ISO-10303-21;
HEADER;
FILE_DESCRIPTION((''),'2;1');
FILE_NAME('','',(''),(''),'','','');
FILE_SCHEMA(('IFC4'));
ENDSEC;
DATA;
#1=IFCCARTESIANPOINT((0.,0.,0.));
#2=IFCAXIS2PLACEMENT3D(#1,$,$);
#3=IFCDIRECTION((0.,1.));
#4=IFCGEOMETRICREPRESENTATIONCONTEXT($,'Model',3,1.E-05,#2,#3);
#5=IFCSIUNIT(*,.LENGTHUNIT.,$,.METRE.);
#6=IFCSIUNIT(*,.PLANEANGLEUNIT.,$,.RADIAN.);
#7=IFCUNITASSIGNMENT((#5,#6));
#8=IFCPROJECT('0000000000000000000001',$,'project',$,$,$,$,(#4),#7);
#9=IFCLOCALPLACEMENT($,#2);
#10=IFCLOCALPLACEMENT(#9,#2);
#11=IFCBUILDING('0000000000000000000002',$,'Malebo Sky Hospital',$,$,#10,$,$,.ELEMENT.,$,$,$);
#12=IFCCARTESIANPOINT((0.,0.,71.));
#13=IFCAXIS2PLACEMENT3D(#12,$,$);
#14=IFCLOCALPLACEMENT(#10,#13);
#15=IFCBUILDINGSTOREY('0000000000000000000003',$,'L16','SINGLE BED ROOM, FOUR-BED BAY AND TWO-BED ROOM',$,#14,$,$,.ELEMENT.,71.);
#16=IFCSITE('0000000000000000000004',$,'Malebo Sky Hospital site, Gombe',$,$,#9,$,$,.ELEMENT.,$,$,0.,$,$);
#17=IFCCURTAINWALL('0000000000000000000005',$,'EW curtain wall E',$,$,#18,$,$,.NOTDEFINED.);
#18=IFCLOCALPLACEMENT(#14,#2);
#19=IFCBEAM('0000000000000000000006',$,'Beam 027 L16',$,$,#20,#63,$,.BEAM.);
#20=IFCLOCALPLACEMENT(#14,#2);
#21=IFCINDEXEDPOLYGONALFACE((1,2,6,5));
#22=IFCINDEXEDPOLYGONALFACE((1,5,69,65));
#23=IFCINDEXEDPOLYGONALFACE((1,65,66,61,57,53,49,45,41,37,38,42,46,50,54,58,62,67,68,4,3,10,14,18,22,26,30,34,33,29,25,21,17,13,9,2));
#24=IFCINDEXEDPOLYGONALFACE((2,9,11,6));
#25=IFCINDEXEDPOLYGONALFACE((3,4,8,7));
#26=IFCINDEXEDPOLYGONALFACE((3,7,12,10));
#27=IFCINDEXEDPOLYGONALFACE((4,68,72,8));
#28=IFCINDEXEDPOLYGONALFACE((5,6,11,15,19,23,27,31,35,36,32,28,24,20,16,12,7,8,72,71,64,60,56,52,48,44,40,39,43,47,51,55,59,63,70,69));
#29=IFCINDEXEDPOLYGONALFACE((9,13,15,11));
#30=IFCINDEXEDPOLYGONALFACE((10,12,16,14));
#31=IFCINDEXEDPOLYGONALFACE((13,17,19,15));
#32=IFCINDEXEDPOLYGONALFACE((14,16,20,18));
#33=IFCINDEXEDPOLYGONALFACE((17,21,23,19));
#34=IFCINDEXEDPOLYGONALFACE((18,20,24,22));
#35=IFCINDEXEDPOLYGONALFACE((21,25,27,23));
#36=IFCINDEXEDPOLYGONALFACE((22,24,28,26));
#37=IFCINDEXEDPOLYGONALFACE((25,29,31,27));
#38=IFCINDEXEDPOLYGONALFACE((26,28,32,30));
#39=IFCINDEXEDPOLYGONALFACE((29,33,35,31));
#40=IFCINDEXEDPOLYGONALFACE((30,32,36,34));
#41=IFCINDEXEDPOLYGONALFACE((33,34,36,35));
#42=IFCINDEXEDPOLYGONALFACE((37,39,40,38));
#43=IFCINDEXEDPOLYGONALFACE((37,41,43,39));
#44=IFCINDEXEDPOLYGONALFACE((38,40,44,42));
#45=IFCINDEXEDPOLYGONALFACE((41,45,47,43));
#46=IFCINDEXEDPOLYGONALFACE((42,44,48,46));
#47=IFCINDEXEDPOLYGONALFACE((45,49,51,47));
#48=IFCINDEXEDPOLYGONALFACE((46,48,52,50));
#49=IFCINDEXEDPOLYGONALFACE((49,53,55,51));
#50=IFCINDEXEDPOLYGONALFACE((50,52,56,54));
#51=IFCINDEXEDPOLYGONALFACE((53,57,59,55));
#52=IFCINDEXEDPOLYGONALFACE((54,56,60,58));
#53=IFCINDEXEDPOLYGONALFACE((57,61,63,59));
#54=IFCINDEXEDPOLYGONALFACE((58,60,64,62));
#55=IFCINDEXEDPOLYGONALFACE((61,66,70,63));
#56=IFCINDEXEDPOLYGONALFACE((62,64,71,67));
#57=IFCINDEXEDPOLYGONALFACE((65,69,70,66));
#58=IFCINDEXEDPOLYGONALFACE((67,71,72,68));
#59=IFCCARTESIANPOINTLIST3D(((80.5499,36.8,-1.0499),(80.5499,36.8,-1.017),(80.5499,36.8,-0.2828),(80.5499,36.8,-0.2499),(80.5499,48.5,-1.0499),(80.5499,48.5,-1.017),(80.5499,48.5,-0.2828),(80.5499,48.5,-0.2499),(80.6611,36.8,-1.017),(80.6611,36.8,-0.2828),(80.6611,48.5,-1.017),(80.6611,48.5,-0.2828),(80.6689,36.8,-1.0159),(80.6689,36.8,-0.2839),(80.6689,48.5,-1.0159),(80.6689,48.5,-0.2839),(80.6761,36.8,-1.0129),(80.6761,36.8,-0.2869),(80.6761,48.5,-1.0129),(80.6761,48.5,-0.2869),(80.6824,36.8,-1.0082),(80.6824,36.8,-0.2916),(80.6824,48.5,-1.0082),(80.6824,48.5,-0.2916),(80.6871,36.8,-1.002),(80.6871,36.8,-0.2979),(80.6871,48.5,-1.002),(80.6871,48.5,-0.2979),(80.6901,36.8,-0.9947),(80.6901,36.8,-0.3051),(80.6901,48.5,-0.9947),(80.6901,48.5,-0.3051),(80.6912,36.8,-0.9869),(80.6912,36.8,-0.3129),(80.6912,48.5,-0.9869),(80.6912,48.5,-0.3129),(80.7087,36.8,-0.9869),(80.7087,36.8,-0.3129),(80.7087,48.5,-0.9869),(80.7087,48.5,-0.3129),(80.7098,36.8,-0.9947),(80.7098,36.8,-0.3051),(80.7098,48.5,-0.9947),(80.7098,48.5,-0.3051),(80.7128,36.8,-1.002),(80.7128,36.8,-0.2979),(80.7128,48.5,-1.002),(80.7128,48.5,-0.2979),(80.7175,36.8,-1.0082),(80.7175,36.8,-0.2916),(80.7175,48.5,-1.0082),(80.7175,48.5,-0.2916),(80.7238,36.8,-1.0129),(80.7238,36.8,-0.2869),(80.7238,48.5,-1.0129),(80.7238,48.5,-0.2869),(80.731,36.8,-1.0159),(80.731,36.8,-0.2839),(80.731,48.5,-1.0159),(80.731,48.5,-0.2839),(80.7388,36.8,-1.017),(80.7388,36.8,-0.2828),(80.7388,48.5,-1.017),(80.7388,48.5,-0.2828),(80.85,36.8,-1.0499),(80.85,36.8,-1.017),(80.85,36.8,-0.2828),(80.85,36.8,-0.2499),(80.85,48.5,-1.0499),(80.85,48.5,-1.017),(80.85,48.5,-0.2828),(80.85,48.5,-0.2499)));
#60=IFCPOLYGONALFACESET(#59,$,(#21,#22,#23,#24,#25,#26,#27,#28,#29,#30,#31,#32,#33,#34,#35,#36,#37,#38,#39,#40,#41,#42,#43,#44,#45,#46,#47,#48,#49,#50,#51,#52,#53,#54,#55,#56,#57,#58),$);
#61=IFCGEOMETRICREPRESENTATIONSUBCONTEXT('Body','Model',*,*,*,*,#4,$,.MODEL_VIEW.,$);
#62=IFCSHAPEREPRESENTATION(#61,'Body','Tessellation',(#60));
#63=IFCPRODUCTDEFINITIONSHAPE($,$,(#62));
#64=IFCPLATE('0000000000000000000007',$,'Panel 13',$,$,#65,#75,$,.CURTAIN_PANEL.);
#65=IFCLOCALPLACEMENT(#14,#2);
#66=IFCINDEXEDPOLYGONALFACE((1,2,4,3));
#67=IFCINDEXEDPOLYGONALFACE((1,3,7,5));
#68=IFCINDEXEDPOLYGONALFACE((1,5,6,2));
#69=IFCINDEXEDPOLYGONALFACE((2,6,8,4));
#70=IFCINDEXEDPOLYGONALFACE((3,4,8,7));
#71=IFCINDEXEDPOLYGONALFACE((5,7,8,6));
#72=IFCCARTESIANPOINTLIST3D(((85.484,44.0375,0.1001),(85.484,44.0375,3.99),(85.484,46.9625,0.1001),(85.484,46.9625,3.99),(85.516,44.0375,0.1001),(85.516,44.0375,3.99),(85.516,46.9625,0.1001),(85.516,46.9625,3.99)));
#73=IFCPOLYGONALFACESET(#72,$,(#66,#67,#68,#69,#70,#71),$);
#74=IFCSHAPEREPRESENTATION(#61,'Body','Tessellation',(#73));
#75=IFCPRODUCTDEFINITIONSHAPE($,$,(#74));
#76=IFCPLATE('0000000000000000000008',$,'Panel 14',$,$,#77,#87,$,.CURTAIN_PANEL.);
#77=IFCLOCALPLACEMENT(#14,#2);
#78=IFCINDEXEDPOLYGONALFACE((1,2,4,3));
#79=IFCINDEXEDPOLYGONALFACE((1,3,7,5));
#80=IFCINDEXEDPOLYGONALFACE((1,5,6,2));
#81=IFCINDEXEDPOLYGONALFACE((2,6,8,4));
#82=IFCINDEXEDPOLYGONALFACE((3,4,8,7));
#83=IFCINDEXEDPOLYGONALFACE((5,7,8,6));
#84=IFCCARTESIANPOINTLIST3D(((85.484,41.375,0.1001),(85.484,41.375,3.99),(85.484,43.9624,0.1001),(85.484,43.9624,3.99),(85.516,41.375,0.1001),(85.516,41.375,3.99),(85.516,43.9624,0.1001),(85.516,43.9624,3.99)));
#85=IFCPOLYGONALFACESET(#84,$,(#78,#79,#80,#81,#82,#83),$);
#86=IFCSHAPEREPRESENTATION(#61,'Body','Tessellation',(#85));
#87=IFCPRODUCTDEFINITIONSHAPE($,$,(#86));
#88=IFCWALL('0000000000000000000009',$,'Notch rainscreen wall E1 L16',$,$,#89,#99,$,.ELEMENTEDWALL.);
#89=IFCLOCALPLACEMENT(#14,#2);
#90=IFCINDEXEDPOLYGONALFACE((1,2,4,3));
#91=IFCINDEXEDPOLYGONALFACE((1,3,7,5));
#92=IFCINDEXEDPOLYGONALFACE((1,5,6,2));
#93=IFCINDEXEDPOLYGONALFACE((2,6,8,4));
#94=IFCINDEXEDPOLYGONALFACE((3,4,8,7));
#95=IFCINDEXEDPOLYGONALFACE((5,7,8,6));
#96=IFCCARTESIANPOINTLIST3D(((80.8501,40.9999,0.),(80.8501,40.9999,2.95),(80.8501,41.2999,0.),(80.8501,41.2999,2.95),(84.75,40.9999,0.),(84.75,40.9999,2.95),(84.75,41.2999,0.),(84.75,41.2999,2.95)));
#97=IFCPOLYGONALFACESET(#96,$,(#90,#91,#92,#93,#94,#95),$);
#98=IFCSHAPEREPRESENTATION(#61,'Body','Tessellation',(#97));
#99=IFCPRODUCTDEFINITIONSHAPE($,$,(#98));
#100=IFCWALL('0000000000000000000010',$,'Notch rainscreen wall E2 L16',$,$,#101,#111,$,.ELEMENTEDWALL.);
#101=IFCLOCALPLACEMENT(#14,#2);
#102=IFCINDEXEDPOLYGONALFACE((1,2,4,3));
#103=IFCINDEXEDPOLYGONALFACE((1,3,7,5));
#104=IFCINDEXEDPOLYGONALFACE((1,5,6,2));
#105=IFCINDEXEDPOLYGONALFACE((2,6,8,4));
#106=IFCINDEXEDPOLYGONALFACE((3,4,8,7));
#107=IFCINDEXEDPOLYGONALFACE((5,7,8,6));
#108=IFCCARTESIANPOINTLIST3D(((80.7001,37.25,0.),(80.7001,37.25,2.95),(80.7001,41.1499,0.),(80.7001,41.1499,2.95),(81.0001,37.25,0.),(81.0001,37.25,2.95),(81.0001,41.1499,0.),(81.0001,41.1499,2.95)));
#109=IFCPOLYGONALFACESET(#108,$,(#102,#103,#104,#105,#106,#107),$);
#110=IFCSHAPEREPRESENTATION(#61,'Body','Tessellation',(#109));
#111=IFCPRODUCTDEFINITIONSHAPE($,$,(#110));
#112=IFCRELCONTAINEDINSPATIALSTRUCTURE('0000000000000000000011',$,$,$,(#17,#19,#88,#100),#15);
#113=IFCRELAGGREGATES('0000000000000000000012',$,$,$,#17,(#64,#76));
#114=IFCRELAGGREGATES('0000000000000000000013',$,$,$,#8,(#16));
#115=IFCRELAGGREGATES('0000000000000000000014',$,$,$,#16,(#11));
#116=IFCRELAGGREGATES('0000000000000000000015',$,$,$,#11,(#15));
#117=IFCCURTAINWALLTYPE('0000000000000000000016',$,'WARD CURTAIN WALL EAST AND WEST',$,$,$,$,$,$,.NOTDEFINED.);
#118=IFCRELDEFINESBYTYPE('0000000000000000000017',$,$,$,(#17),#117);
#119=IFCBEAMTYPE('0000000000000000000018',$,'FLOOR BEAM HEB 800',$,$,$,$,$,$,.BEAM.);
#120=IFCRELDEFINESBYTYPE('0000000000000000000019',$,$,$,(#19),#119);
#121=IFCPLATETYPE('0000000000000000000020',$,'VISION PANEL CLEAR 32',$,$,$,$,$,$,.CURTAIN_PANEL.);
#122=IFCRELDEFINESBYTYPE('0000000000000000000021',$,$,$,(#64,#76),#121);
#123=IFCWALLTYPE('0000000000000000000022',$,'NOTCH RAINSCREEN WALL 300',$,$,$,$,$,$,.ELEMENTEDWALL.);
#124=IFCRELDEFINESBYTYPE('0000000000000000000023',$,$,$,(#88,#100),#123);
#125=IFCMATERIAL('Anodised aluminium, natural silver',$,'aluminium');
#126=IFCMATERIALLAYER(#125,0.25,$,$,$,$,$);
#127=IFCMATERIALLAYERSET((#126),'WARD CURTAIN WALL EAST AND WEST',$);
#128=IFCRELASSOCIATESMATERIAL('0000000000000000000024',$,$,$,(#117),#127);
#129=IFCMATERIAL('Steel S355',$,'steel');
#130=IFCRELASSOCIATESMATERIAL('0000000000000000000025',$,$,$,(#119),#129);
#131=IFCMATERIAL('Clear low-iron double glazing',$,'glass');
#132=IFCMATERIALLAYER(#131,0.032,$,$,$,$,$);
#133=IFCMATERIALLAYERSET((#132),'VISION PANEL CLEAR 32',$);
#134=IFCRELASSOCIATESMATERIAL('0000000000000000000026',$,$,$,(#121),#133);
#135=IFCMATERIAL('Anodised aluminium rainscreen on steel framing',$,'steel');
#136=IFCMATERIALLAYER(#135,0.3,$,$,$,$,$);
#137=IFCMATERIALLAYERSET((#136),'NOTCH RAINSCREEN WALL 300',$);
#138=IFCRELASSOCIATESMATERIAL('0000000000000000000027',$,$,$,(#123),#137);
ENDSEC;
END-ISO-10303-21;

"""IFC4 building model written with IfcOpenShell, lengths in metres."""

from ifc_helpers import new_model, si_unit, direction, frame, frame_2d, origin, origin_2d, place, context, subcontext, project, spatial, rectangle, i_section, extrude, material, layer, layer_set, material_profile, profile_set, type_object, element, aggregate, save


model = new_model("IFC4")

# Units and contexts
model_context = context("Model", 3, precision=1e-05, world=origin(), true_north=direction((0.0, 1.0)))
body_context = subcontext(model_context, "Body", "Model", "MODEL_VIEW")
ifc_project = project(units=[si_unit("LENGTHUNIT", "METRE"), si_unit("PLANEANGLEUNIT", "RADIAN")], contexts=[model_context])

# Site, building, storey
site_placement = place(None, origin())
site = spatial("IfcSite", under=ifc_project, at=site_placement, Name="Malebo Sky Hospital site, Gombe", CompositionType="ELEMENT", RefElevation=0.0)
building_placement = place(site_placement, origin())
building = spatial("IfcBuilding", under=site, at=building_placement, Name="Malebo Sky Hospital", CompositionType="ELEMENT")
storey_placement = place(building_placement, frame((0.0, 0.0, 71.0)))
storey = spatial("IfcBuildingStorey", under=building, at=storey_placement, Name="L16", Description="SINGLE BED ROOM, FOUR-BED BAY AND TWO-BED ROOM", CompositionType="ELEMENT", Elevation=71.0)

# Curtain wall
ifc_material_1 = material(Name="Anodised aluminium, natural silver", Category="aluminium")
ifc_layer_1 = layer(ifc_material_1, 0.25)
ifc_layer_set_1 = layer_set([ifc_layer_1], Name="WARD CURTAIN WALL EAST AND WEST")
curtain_wall_type_1 = type_object("IfcCurtainWallType", Name="WARD CURTAIN WALL EAST AND WEST", PredefinedType="NOTDEFINED", material=ifc_layer_set_1)
curtain_wall_1_placement = place(storey_placement, origin())
curtain_wall_1 = element("IfcCurtainWall", 1, at=curtain_wall_1_placement, inside=storey, type_object=curtain_wall_type_1, Name="EW curtain wall E", PredefinedType="NOTDEFINED")

# Beam
ifc_material_2 = material(Name="Steel S355", Category="steel")
ifc_material_profile_1 = material_profile(ifc_material_2, i_section(OverallWidth=0.3, OverallDepth=0.8, WebThickness=0.0176, FlangeThickness=0.033, FilletRadius=0.03, at=origin_2d()), Name="HEB 800")
ifc_profile_set_1 = profile_set([ifc_material_profile_1], Name="Steel S355")
beam_type_1 = type_object("IfcBeamType", Name="FLOOR BEAM HEB 800", PredefinedType="BEAM", material=ifc_profile_set_1)
beam_1_placement = place(storey_placement, frame((80.7, 36.8, -0.6499), z_axis=(0.0, 1.0, 0.0), x_axis=(-1.0, 0.0, 0.0)))
element("IfcBeam", 2, at=beam_1_placement, inside=storey, type_object=beam_type_1, Name="Beam 027 L16", PredefinedType="BEAM", context=body_context, shape_type="SweptSolid", body=[
    extrude(i_section(OverallWidth=0.3, OverallDepth=0.8, WebThickness=0.0176, FlangeThickness=0.033, FilletRadius=0.03, at=origin_2d()), origin(), (0.0, 0.0, 1.0), 11.7),
])

# Plates
ifc_material_3 = material(Name="Clear low-iron double glazing", Category="glass")
ifc_layer_2 = layer(ifc_material_3, 0.032)
ifc_layer_set_2 = layer_set([ifc_layer_2], Name="VISION PANEL CLEAR 32")
plate_type = type_object("IfcPlateType", Name="VISION PANEL CLEAR 32", PredefinedType="CURTAIN_PANEL", material=ifc_layer_set_2)
plate_1_placement = place(storey_placement, frame((85.5, 45.5, 0.1001), z_axis=(0.0, 0.0, 1.0), x_axis=(0.0, -1.0, 0.0)))
plate_1 = element("IfcPlate", 3, at=plate_1_placement, type_object=plate_type, Name="Panel 13", PredefinedType="CURTAIN_PANEL", context=body_context, shape_type="SweptSolid", body=[
    extrude(rectangle(XDim=2.925, YDim=0.032, at=origin_2d()), origin(), (0.0, 0.0, 1.0), 3.8899),
])
plate_2_placement = place(storey_placement, frame((85.5, 42.6687, 0.1001), z_axis=(0.0, 0.0, 1.0), x_axis=(0.0, -1.0, 0.0)))
plate_2 = element("IfcPlate", 4, at=plate_2_placement, type_object=plate_type, Name="Panel 14", PredefinedType="CURTAIN_PANEL", context=body_context, shape_type="SweptSolid", body=[
    extrude(rectangle(XDim=2.5874, YDim=0.032, at=origin_2d()), origin(), (0.0, 0.0, 1.0), 3.8899),
])
aggregate(curtain_wall_1, [plate_1, plate_2])

# Walls
ifc_material_4 = material(Name="Anodised aluminium rainscreen on steel framing", Category="steel")
ifc_layer_3 = layer(ifc_material_4, 0.3)
ifc_layer_set_3 = layer_set([ifc_layer_3], Name="NOTCH RAINSCREEN WALL 300")
wall_type = type_object("IfcWallType", Name="NOTCH RAINSCREEN WALL 300", PredefinedType="ELEMENTEDWALL", material=ifc_layer_set_3)
for number, where, z_axis, x_axis, name in (
    (5, (84.75, 41.1499, 0.0), (0.0, 0.0, 1.0), (-1.0, 0.0, 0.0), "Notch rainscreen wall E1 L16"),
    (6, (80.8501, 41.1499, 0.0), (0.0, 0.0, 1.0), (0.0, -1.0, 0.0), "Notch rainscreen wall E2 L16"),
):
    element("IfcWall", number, at=place(storey_placement, frame(where, z_axis=z_axis, x_axis=x_axis)), inside=storey, type_object=wall_type, Name=name, PredefinedType="ELEMENTEDWALL", context=body_context, shape_type="SweptSolid", body=[
        extrude(rectangle(XDim=3.8999, YDim=0.3, at=frame_2d((1.95, 0.0))), origin(), (0.0, 0.0, 1.0), 2.95),
    ])

save(model, "model.ifc")
